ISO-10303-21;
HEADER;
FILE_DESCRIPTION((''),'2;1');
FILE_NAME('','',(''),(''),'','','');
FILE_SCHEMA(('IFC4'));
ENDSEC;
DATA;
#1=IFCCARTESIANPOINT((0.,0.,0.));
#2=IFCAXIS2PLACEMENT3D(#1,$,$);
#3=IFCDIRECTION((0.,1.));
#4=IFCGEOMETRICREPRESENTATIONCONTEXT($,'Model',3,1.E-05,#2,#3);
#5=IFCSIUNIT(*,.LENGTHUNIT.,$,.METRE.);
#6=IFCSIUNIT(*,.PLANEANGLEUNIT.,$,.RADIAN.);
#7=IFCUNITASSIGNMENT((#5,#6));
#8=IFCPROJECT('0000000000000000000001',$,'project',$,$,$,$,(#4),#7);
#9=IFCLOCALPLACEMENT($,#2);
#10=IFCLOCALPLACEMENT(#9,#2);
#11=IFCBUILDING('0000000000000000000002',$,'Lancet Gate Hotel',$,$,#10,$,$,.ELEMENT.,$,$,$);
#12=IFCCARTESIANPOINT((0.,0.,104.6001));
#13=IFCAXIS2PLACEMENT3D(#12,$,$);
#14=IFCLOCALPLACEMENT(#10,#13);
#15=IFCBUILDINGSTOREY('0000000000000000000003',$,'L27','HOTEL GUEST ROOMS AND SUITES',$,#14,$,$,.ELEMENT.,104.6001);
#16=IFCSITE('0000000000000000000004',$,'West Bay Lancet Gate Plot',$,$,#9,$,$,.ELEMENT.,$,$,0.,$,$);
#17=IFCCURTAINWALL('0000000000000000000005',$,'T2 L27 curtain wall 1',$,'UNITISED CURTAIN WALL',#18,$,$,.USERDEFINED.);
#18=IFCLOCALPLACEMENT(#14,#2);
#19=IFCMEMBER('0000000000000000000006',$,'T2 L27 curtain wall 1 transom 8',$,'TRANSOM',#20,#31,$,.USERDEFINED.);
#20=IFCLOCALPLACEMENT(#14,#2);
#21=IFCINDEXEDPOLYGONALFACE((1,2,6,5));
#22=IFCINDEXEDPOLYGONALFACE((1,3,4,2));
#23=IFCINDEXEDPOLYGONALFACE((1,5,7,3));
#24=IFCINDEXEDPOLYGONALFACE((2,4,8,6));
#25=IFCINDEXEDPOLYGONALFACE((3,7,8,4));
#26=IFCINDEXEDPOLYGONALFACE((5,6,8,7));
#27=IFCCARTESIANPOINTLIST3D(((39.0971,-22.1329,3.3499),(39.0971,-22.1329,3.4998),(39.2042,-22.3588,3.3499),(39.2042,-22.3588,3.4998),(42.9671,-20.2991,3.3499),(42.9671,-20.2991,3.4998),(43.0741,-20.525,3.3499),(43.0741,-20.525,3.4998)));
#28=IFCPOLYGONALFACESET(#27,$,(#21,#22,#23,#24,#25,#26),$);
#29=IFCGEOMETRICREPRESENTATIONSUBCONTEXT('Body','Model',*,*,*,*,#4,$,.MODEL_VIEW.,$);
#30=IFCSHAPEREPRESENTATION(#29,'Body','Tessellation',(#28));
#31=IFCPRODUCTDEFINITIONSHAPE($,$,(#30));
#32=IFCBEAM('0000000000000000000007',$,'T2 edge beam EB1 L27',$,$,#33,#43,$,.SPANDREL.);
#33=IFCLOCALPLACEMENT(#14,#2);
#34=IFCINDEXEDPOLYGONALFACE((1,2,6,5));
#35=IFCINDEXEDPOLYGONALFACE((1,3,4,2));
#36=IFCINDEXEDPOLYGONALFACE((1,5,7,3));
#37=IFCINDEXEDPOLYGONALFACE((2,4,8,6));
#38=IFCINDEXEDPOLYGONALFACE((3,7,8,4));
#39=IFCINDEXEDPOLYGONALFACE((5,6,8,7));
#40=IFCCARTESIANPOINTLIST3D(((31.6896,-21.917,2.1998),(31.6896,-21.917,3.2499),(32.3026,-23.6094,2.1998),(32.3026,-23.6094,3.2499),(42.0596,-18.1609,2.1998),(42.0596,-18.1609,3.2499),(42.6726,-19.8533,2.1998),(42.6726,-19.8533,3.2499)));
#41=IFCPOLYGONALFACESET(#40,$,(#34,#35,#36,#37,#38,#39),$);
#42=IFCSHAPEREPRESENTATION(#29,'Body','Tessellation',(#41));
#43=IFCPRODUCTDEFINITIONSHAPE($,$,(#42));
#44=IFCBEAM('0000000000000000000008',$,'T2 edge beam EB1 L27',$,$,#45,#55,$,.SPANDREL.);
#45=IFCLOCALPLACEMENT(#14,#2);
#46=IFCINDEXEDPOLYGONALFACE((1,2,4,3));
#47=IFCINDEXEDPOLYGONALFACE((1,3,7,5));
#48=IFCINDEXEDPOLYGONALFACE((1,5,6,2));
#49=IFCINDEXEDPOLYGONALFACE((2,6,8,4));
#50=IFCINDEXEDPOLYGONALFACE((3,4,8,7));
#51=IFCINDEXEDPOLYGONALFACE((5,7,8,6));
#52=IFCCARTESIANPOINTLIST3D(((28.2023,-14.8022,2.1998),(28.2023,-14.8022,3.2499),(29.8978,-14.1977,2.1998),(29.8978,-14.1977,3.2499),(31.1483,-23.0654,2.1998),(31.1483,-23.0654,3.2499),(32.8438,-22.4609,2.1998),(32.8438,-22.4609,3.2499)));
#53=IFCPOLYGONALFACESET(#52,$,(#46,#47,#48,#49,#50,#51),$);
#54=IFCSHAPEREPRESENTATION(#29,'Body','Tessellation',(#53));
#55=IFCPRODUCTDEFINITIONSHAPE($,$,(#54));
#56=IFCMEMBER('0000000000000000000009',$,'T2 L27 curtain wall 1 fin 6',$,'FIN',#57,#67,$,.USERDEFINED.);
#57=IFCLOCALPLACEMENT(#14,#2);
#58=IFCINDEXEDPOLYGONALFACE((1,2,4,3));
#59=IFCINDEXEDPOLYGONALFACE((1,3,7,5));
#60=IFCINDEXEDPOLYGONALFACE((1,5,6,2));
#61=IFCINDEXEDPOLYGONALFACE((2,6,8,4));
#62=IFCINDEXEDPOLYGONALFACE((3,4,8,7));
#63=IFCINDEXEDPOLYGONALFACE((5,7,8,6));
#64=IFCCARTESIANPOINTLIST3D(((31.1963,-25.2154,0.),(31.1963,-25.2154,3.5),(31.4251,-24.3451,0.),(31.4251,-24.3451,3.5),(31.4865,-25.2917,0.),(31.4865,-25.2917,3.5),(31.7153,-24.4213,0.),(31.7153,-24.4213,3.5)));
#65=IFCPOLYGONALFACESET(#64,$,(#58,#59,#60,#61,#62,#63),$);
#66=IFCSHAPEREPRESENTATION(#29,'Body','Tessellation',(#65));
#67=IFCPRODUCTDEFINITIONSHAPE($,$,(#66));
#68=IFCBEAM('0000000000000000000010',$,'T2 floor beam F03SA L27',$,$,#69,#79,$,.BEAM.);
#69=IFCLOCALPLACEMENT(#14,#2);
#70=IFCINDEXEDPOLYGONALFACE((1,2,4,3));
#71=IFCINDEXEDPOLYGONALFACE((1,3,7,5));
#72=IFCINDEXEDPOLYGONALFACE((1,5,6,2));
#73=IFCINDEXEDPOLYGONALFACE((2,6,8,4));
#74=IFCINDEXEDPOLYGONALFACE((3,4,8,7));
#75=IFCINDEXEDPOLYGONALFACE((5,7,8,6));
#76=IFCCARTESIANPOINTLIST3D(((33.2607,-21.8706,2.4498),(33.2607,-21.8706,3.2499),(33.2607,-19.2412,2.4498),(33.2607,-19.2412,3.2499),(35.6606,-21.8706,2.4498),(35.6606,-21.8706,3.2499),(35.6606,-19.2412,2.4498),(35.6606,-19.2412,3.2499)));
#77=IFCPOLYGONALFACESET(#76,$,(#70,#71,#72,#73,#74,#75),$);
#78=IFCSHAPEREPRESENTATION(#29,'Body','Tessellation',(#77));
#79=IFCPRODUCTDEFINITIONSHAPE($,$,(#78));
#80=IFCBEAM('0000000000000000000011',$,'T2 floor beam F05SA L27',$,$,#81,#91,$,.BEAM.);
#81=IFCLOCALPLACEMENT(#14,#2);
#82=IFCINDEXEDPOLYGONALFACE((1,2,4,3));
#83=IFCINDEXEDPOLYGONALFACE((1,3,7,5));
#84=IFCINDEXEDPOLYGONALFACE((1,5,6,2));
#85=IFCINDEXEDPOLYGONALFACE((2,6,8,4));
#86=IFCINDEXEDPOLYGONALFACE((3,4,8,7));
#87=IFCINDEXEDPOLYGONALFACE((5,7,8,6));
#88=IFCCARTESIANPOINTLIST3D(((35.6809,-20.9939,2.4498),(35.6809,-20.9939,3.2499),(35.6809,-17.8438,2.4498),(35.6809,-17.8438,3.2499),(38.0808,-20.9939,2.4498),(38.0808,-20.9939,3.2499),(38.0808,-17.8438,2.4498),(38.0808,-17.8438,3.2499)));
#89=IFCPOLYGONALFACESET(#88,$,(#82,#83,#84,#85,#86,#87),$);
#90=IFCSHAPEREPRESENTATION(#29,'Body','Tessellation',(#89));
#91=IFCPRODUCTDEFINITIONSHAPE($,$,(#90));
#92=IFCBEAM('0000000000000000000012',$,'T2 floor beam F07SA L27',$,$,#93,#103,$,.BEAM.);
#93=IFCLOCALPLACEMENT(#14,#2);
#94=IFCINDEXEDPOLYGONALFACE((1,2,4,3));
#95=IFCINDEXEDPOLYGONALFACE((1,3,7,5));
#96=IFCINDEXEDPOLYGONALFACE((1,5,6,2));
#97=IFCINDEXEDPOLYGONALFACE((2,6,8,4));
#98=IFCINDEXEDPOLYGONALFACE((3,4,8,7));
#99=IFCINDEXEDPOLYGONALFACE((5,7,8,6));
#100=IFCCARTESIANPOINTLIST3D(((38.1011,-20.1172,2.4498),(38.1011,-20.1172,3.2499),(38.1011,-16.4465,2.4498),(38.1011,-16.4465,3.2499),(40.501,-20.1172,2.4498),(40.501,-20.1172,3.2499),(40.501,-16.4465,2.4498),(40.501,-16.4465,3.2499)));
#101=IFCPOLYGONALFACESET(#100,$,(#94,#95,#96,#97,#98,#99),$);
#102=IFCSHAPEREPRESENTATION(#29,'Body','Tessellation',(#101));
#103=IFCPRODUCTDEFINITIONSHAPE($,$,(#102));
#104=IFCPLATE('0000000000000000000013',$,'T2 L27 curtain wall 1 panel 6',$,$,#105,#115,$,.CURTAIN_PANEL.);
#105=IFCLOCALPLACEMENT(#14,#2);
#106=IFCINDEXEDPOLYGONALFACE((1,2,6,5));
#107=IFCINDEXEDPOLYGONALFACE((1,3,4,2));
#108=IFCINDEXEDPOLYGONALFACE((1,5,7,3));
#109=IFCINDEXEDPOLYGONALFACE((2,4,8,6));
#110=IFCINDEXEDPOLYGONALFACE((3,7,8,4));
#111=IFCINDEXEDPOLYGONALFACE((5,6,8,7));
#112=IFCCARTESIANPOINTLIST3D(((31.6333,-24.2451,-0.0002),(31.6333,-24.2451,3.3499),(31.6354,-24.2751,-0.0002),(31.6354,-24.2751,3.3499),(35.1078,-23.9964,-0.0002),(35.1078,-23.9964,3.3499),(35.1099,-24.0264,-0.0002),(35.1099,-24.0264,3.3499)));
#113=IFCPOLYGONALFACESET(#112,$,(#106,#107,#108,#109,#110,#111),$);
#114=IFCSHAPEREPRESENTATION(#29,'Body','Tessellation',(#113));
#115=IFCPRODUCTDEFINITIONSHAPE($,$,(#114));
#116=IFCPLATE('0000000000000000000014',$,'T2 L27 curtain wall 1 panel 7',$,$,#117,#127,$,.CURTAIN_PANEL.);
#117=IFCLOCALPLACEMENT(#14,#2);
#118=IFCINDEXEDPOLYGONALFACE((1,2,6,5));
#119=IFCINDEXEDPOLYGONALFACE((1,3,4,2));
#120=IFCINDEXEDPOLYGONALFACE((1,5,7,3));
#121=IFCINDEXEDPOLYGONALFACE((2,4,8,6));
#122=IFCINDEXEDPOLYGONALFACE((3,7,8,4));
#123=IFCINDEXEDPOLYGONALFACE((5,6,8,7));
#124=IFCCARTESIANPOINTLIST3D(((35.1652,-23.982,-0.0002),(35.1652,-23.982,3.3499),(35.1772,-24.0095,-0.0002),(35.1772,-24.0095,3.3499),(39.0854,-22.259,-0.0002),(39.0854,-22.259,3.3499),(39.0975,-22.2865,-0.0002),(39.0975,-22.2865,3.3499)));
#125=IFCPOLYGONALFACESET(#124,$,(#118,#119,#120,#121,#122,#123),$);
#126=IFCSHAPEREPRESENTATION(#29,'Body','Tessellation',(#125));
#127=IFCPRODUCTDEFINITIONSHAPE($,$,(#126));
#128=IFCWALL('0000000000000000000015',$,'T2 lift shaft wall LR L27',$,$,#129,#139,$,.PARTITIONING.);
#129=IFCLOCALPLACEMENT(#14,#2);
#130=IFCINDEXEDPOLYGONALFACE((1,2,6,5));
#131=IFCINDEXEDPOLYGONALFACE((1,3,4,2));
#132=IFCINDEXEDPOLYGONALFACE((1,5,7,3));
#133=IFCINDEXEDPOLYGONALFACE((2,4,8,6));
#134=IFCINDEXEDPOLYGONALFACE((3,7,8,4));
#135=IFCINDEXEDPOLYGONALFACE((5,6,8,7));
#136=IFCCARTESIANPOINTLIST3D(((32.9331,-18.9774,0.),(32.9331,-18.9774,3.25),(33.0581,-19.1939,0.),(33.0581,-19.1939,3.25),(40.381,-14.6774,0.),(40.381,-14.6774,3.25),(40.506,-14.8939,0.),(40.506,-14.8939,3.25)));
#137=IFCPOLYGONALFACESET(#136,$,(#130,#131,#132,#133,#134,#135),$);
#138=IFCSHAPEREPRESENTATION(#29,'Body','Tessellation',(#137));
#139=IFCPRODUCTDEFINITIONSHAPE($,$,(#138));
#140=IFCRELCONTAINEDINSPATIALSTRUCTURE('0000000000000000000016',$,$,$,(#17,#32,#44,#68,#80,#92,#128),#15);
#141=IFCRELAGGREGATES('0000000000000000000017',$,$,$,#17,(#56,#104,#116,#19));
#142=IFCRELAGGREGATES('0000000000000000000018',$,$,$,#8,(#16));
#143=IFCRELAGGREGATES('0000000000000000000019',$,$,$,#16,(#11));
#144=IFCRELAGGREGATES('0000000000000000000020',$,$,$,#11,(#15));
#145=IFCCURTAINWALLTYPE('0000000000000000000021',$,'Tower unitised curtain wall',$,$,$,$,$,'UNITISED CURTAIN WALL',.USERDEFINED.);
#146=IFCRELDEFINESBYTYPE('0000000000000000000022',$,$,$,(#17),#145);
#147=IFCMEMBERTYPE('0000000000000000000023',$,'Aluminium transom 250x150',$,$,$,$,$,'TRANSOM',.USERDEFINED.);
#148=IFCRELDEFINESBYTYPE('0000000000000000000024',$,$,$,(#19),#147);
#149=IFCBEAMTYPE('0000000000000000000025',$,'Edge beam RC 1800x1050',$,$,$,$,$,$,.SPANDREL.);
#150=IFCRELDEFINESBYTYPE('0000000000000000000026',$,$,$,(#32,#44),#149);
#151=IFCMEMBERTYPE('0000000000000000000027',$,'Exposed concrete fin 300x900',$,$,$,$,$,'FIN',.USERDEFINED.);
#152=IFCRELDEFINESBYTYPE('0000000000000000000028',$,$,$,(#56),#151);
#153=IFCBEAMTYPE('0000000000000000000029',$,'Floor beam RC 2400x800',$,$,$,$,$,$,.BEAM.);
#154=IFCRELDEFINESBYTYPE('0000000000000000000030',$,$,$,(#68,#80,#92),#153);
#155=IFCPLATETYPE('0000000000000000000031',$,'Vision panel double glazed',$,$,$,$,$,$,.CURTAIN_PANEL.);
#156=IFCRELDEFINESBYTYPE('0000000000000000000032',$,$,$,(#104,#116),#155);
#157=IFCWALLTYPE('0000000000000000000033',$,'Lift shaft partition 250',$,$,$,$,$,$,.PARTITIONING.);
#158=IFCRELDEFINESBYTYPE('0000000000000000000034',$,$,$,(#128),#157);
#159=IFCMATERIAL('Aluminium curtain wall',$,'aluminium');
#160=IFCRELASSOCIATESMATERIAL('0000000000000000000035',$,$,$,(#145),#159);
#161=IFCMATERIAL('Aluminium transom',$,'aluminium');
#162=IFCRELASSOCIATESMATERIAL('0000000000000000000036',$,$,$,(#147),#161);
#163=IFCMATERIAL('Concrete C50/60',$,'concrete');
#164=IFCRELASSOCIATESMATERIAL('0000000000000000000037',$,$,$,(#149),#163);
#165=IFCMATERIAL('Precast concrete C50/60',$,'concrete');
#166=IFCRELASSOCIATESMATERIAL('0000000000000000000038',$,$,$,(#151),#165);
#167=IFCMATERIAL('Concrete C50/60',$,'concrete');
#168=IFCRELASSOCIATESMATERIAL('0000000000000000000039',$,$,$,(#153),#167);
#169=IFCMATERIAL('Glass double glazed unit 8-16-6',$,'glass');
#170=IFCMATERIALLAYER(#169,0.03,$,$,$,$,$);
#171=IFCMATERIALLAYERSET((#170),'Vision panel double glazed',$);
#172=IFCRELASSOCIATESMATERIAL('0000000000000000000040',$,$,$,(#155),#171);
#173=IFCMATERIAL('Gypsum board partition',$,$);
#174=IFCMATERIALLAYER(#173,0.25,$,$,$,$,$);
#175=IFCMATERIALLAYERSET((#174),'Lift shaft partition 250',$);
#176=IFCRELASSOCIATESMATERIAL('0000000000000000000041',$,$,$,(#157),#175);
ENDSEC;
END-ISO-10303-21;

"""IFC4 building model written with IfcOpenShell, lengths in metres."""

from ifc_helpers import new_model, si_unit, direction, frame, frame_2d, origin, origin_2d, place, context, subcontext, project, spatial, rectangle, extrude, material, layer, layer_set, material_profile, profile_set, type_object, element, aggregate, save


model = new_model("IFC4")

# Units and contexts
model_context = context("Model", 3, precision=1e-05, world=origin(), true_north=direction((0.0, 1.0)))
body_context = subcontext(model_context, "Body", "Model", "MODEL_VIEW")
ifc_project = project(units=[si_unit("LENGTHUNIT", "METRE"), si_unit("PLANEANGLEUNIT", "RADIAN")], contexts=[model_context])

# Site, building, storey
site_placement = place(None, origin())
site = spatial("IfcSite", under=ifc_project, at=site_placement, Name="West Bay Lancet Gate Plot", CompositionType="ELEMENT", RefElevation=0.0)
building_placement = place(site_placement, origin())
building = spatial("IfcBuilding", under=site, at=building_placement, Name="Lancet Gate Hotel", CompositionType="ELEMENT")
storey_placement = place(building_placement, frame((0.0, 0.0, 104.6001)))
storey = spatial("IfcBuildingStorey", under=building, at=storey_placement, Name="L27", Description="HOTEL GUEST ROOMS AND SUITES", CompositionType="ELEMENT", Elevation=104.6001)

# Curtain wall, member
ifc_material_1 = material(Name="Aluminium curtain wall", Category="aluminium")
curtain_wall_type = type_object("IfcCurtainWallType", Name="Tower unitised curtain wall", ElementType="UNITISED CURTAIN WALL", PredefinedType="USERDEFINED", material=ifc_material_1)
curtain_wall_placement = place(storey_placement, origin())
curtain_wall = element("IfcCurtainWall", 1, at=curtain_wall_placement, inside=storey, type_object=curtain_wall_type, Name="T2 L27 curtain wall 1", ObjectType="UNITISED CURTAIN WALL", PredefinedType="USERDEFINED")
ifc_material_2 = material(Name="Aluminium transom", Category="aluminium")
ifc_material_profile_1 = material_profile(ifc_material_2, rectangle(XDim=0.25, YDim=0.1499, at=origin_2d()), Name="TRANSOM 250x150")
ifc_profile_set_1 = profile_set([ifc_material_profile_1], Name="Aluminium transom")
member_type_1 = type_object("IfcMemberType", Name="Aluminium transom 250x150", ElementType="TRANSOM", PredefinedType="USERDEFINED", material=ifc_profile_set_1)
member_1_placement = place(storey_placement, frame((39.1506, -22.2458, 3.4248), z_axis=(0.90368, 0.428209, 0.0), x_axis=(-0.428209, 0.90368, 0.0)))
member_1 = element("IfcMember", 2, at=member_1_placement, type_object=member_type_1, Name="T2 L27 curtain wall 1 transom 8", ObjectType="TRANSOM", PredefinedType="USERDEFINED", context=body_context, shape_type="SweptSolid", body=[
    extrude(rectangle(XDim=0.25, YDim=0.1499, at=origin_2d()), origin(), (0.0, 0.0, 1.0), 4.2825),
])

# Beams
ifc_material_3 = material(Name="Concrete C50/60", Category="concrete")
ifc_material_profile_2 = material_profile(ifc_material_3, rectangle(XDim=1.8, YDim=1.05, at=origin_2d()), Name="RC 1800x1050")
ifc_profile_set_2 = profile_set([ifc_material_profile_2], Name="Concrete C50/60")
beam_type_1 = type_object("IfcBeamType", Name="Edge beam RC 1800x1050", PredefinedType="SPANDREL", material=ifc_profile_set_2)
beam_1_placement = place(storey_placement, frame((31.9961, -22.7632, 2.7249), z_axis=(0.940225, 0.340554, 0.0), x_axis=(-0.340554, 0.940225, 0.0)))
element("IfcBeam", 3, at=beam_1_placement, inside=storey, type_object=beam_type_1, Name="T2 edge beam EB1 L27", PredefinedType="SPANDREL", context=body_context, shape_type="SweptSolid", body=[
    extrude(rectangle(XDim=1.8, YDim=1.05, at=origin_2d()), origin(), (0.0, 0.0, 1.0), 11.0293),
])
beam_2_placement = place(storey_placement, frame((31.9961, -22.7632, 2.7249), z_axis=(-0.335822, 0.941926, 0.0), x_axis=(-0.941926, -0.335822, 0.0)))
element("IfcBeam", 4, at=beam_2_placement, inside=storey, type_object=beam_type_1, Name="T2 edge beam EB1 L27", PredefinedType="SPANDREL", context=body_context, shape_type="SweptSolid", body=[
    extrude(rectangle(XDim=1.8, YDim=1.05, at=origin_2d()), origin(), (0.0, 0.0, 1.0), 8.7727),
])

# Member
ifc_material_4 = material(Name="Precast concrete C50/60", Category="concrete")
ifc_material_profile_3 = material_profile(ifc_material_4, rectangle(XDim=0.3, YDim=0.8999, at=origin_2d()), Name="FIN 300x900")
ifc_profile_set_3 = profile_set([ifc_material_profile_3], Name="Precast concrete C50/60")
member_type_2 = type_object("IfcMemberType", Name="Exposed concrete fin 300x900", ElementType="FIN", PredefinedType="USERDEFINED", material=ifc_profile_set_3)
member_2_placement = place(storey_placement, frame((31.4558, -24.8184, 0.0), z_axis=(0.0, 0.0, 1.0), x_axis=(0.967157, -0.254179, 0.0)))
member_2 = element("IfcMember", 5, at=member_2_placement, type_object=member_type_2, Name="T2 L27 curtain wall 1 fin 6", ObjectType="FIN", PredefinedType="USERDEFINED", context=body_context, shape_type="SweptSolid", body=[
    extrude(rectangle(XDim=0.3, YDim=0.8999, at=origin_2d()), origin(), (0.0, 0.0, 1.0), 3.5),
])

# Beams
ifc_material_5 = material(Name="Concrete C50/60", Category="concrete")
ifc_material_profile_4 = material_profile(ifc_material_5, rectangle(XDim=2.3999, YDim=0.8, at=origin_2d()), Name="RC 2400x800")
ifc_profile_set_4 = profile_set([ifc_material_profile_4], Name="Concrete C50/60")
beam_type_2 = type_object("IfcBeamType", Name="Floor beam RC 2400x800", PredefinedType="BEAM", material=ifc_profile_set_4)
beam_3_placement = place(storey_placement, frame((34.4607, -21.8706, 2.8499), z_axis=(0.0, 1.0, 0.0), x_axis=(-1.0, 0.0, 0.0)))
element("IfcBeam", 6, at=beam_3_placement, inside=storey, type_object=beam_type_2, Name="T2 floor beam F03SA L27", PredefinedType="BEAM", context=body_context, shape_type="SweptSolid", body=[
    extrude(rectangle(XDim=2.3999, YDim=0.8, at=origin_2d()), origin(), (0.0, 0.0, 1.0), 2.6294),
])
beam_4_placement = place(storey_placement, frame((36.8809, -20.9939, 2.8499), z_axis=(0.0, 1.0, 0.0), x_axis=(-1.0, 0.0, 0.0)))
element("IfcBeam", 7, at=beam_4_placement, inside=storey, type_object=beam_type_2, Name="T2 floor beam F05SA L27", PredefinedType="BEAM", context=body_context, shape_type="SweptSolid", body=[
    extrude(rectangle(XDim=2.3999, YDim=0.8, at=origin_2d()), origin(), (0.0, 0.0, 1.0), 3.1501),
])
beam_5_placement = place(storey_placement, frame((39.301, -20.1172, 2.8499), z_axis=(0.0, 1.0, 0.0), x_axis=(-1.0, 0.0, 0.0)))
element("IfcBeam", 8, at=beam_5_placement, inside=storey, type_object=beam_type_2, Name="T2 floor beam F07SA L27", PredefinedType="BEAM", context=body_context, shape_type="SweptSolid", body=[
    extrude(rectangle(XDim=2.3999, YDim=0.8, at=origin_2d()), origin(), (0.0, 0.0, 1.0), 3.6707),
])

# Plates
ifc_material_6 = material(Name="Glass double glazed unit 8-16-6", Category="glass")
ifc_layer_1 = layer(ifc_material_6, 0.03)
ifc_layer_set_1 = layer_set([ifc_layer_1], Name="Vision panel double glazed")
plate_type = type_object("IfcPlateType", Name="Vision panel double glazed", PredefinedType="CURTAIN_PANEL", material=ifc_layer_set_1)
plate_1_placement = place(storey_placement, frame((33.3716, -24.1357, -0.0002), z_axis=(0.0, 0.0, 1.0), x_axis=(0.997448, 0.07139, 0.0)))
plate_1 = element("IfcPlate", 9, at=plate_1_placement, type_object=plate_type, Name="T2 L27 curtain wall 1 panel 6", PredefinedType="CURTAIN_PANEL", context=body_context, shape_type="SweptSolid", body=[
    extrude(rectangle(XDim=3.4834, YDim=0.03, at=origin_2d()), origin(), (0.0, 0.0, 1.0), 3.3501),
])
plate_2_placement = place(storey_placement, frame((37.1313, -23.1343, -0.0002), z_axis=(0.0, 0.0, 1.0), x_axis=(0.915479, 0.402367, 0.0)))
plate_2 = element("IfcPlate", 10, at=plate_2_placement, type_object=plate_type, Name="T2 L27 curtain wall 1 panel 7", PredefinedType="CURTAIN_PANEL", context=body_context, shape_type="SweptSolid", body=[
    extrude(rectangle(XDim=4.2822, YDim=0.03, at=origin_2d()), origin(), (0.0, 0.0, 1.0), 3.3501),
])
aggregate(curtain_wall, [member_2, plate_1, plate_2, member_1])

# Wall
ifc_material_7 = material(Name="Gypsum board partition")
ifc_layer_2 = layer(ifc_material_7, 0.25)
ifc_layer_set_2 = layer_set([ifc_layer_2], Name="Lift shaft partition 250")
wall_type = type_object("IfcWallType", Name="Lift shaft partition 250", PredefinedType="PARTITIONING", material=ifc_layer_set_2)
wall_placement = place(storey_placement, frame((32.9956, -19.0857, 0.0), z_axis=(0.0, 0.0, 1.0), x_axis=(0.866028, 0.499995, 0.0)))
element("IfcWall", 11, at=wall_placement, inside=storey, type_object=wall_type, Name="T2 lift shaft wall LR L27", PredefinedType="PARTITIONING", context=body_context, shape_type="SweptSolid", body=[
    extrude(rectangle(XDim=8.6001, YDim=0.25, at=frame_2d((4.3, 0.0))), origin(), (0.0, 0.0, 1.0), 3.25),
])

save(model, "model.ifc")
